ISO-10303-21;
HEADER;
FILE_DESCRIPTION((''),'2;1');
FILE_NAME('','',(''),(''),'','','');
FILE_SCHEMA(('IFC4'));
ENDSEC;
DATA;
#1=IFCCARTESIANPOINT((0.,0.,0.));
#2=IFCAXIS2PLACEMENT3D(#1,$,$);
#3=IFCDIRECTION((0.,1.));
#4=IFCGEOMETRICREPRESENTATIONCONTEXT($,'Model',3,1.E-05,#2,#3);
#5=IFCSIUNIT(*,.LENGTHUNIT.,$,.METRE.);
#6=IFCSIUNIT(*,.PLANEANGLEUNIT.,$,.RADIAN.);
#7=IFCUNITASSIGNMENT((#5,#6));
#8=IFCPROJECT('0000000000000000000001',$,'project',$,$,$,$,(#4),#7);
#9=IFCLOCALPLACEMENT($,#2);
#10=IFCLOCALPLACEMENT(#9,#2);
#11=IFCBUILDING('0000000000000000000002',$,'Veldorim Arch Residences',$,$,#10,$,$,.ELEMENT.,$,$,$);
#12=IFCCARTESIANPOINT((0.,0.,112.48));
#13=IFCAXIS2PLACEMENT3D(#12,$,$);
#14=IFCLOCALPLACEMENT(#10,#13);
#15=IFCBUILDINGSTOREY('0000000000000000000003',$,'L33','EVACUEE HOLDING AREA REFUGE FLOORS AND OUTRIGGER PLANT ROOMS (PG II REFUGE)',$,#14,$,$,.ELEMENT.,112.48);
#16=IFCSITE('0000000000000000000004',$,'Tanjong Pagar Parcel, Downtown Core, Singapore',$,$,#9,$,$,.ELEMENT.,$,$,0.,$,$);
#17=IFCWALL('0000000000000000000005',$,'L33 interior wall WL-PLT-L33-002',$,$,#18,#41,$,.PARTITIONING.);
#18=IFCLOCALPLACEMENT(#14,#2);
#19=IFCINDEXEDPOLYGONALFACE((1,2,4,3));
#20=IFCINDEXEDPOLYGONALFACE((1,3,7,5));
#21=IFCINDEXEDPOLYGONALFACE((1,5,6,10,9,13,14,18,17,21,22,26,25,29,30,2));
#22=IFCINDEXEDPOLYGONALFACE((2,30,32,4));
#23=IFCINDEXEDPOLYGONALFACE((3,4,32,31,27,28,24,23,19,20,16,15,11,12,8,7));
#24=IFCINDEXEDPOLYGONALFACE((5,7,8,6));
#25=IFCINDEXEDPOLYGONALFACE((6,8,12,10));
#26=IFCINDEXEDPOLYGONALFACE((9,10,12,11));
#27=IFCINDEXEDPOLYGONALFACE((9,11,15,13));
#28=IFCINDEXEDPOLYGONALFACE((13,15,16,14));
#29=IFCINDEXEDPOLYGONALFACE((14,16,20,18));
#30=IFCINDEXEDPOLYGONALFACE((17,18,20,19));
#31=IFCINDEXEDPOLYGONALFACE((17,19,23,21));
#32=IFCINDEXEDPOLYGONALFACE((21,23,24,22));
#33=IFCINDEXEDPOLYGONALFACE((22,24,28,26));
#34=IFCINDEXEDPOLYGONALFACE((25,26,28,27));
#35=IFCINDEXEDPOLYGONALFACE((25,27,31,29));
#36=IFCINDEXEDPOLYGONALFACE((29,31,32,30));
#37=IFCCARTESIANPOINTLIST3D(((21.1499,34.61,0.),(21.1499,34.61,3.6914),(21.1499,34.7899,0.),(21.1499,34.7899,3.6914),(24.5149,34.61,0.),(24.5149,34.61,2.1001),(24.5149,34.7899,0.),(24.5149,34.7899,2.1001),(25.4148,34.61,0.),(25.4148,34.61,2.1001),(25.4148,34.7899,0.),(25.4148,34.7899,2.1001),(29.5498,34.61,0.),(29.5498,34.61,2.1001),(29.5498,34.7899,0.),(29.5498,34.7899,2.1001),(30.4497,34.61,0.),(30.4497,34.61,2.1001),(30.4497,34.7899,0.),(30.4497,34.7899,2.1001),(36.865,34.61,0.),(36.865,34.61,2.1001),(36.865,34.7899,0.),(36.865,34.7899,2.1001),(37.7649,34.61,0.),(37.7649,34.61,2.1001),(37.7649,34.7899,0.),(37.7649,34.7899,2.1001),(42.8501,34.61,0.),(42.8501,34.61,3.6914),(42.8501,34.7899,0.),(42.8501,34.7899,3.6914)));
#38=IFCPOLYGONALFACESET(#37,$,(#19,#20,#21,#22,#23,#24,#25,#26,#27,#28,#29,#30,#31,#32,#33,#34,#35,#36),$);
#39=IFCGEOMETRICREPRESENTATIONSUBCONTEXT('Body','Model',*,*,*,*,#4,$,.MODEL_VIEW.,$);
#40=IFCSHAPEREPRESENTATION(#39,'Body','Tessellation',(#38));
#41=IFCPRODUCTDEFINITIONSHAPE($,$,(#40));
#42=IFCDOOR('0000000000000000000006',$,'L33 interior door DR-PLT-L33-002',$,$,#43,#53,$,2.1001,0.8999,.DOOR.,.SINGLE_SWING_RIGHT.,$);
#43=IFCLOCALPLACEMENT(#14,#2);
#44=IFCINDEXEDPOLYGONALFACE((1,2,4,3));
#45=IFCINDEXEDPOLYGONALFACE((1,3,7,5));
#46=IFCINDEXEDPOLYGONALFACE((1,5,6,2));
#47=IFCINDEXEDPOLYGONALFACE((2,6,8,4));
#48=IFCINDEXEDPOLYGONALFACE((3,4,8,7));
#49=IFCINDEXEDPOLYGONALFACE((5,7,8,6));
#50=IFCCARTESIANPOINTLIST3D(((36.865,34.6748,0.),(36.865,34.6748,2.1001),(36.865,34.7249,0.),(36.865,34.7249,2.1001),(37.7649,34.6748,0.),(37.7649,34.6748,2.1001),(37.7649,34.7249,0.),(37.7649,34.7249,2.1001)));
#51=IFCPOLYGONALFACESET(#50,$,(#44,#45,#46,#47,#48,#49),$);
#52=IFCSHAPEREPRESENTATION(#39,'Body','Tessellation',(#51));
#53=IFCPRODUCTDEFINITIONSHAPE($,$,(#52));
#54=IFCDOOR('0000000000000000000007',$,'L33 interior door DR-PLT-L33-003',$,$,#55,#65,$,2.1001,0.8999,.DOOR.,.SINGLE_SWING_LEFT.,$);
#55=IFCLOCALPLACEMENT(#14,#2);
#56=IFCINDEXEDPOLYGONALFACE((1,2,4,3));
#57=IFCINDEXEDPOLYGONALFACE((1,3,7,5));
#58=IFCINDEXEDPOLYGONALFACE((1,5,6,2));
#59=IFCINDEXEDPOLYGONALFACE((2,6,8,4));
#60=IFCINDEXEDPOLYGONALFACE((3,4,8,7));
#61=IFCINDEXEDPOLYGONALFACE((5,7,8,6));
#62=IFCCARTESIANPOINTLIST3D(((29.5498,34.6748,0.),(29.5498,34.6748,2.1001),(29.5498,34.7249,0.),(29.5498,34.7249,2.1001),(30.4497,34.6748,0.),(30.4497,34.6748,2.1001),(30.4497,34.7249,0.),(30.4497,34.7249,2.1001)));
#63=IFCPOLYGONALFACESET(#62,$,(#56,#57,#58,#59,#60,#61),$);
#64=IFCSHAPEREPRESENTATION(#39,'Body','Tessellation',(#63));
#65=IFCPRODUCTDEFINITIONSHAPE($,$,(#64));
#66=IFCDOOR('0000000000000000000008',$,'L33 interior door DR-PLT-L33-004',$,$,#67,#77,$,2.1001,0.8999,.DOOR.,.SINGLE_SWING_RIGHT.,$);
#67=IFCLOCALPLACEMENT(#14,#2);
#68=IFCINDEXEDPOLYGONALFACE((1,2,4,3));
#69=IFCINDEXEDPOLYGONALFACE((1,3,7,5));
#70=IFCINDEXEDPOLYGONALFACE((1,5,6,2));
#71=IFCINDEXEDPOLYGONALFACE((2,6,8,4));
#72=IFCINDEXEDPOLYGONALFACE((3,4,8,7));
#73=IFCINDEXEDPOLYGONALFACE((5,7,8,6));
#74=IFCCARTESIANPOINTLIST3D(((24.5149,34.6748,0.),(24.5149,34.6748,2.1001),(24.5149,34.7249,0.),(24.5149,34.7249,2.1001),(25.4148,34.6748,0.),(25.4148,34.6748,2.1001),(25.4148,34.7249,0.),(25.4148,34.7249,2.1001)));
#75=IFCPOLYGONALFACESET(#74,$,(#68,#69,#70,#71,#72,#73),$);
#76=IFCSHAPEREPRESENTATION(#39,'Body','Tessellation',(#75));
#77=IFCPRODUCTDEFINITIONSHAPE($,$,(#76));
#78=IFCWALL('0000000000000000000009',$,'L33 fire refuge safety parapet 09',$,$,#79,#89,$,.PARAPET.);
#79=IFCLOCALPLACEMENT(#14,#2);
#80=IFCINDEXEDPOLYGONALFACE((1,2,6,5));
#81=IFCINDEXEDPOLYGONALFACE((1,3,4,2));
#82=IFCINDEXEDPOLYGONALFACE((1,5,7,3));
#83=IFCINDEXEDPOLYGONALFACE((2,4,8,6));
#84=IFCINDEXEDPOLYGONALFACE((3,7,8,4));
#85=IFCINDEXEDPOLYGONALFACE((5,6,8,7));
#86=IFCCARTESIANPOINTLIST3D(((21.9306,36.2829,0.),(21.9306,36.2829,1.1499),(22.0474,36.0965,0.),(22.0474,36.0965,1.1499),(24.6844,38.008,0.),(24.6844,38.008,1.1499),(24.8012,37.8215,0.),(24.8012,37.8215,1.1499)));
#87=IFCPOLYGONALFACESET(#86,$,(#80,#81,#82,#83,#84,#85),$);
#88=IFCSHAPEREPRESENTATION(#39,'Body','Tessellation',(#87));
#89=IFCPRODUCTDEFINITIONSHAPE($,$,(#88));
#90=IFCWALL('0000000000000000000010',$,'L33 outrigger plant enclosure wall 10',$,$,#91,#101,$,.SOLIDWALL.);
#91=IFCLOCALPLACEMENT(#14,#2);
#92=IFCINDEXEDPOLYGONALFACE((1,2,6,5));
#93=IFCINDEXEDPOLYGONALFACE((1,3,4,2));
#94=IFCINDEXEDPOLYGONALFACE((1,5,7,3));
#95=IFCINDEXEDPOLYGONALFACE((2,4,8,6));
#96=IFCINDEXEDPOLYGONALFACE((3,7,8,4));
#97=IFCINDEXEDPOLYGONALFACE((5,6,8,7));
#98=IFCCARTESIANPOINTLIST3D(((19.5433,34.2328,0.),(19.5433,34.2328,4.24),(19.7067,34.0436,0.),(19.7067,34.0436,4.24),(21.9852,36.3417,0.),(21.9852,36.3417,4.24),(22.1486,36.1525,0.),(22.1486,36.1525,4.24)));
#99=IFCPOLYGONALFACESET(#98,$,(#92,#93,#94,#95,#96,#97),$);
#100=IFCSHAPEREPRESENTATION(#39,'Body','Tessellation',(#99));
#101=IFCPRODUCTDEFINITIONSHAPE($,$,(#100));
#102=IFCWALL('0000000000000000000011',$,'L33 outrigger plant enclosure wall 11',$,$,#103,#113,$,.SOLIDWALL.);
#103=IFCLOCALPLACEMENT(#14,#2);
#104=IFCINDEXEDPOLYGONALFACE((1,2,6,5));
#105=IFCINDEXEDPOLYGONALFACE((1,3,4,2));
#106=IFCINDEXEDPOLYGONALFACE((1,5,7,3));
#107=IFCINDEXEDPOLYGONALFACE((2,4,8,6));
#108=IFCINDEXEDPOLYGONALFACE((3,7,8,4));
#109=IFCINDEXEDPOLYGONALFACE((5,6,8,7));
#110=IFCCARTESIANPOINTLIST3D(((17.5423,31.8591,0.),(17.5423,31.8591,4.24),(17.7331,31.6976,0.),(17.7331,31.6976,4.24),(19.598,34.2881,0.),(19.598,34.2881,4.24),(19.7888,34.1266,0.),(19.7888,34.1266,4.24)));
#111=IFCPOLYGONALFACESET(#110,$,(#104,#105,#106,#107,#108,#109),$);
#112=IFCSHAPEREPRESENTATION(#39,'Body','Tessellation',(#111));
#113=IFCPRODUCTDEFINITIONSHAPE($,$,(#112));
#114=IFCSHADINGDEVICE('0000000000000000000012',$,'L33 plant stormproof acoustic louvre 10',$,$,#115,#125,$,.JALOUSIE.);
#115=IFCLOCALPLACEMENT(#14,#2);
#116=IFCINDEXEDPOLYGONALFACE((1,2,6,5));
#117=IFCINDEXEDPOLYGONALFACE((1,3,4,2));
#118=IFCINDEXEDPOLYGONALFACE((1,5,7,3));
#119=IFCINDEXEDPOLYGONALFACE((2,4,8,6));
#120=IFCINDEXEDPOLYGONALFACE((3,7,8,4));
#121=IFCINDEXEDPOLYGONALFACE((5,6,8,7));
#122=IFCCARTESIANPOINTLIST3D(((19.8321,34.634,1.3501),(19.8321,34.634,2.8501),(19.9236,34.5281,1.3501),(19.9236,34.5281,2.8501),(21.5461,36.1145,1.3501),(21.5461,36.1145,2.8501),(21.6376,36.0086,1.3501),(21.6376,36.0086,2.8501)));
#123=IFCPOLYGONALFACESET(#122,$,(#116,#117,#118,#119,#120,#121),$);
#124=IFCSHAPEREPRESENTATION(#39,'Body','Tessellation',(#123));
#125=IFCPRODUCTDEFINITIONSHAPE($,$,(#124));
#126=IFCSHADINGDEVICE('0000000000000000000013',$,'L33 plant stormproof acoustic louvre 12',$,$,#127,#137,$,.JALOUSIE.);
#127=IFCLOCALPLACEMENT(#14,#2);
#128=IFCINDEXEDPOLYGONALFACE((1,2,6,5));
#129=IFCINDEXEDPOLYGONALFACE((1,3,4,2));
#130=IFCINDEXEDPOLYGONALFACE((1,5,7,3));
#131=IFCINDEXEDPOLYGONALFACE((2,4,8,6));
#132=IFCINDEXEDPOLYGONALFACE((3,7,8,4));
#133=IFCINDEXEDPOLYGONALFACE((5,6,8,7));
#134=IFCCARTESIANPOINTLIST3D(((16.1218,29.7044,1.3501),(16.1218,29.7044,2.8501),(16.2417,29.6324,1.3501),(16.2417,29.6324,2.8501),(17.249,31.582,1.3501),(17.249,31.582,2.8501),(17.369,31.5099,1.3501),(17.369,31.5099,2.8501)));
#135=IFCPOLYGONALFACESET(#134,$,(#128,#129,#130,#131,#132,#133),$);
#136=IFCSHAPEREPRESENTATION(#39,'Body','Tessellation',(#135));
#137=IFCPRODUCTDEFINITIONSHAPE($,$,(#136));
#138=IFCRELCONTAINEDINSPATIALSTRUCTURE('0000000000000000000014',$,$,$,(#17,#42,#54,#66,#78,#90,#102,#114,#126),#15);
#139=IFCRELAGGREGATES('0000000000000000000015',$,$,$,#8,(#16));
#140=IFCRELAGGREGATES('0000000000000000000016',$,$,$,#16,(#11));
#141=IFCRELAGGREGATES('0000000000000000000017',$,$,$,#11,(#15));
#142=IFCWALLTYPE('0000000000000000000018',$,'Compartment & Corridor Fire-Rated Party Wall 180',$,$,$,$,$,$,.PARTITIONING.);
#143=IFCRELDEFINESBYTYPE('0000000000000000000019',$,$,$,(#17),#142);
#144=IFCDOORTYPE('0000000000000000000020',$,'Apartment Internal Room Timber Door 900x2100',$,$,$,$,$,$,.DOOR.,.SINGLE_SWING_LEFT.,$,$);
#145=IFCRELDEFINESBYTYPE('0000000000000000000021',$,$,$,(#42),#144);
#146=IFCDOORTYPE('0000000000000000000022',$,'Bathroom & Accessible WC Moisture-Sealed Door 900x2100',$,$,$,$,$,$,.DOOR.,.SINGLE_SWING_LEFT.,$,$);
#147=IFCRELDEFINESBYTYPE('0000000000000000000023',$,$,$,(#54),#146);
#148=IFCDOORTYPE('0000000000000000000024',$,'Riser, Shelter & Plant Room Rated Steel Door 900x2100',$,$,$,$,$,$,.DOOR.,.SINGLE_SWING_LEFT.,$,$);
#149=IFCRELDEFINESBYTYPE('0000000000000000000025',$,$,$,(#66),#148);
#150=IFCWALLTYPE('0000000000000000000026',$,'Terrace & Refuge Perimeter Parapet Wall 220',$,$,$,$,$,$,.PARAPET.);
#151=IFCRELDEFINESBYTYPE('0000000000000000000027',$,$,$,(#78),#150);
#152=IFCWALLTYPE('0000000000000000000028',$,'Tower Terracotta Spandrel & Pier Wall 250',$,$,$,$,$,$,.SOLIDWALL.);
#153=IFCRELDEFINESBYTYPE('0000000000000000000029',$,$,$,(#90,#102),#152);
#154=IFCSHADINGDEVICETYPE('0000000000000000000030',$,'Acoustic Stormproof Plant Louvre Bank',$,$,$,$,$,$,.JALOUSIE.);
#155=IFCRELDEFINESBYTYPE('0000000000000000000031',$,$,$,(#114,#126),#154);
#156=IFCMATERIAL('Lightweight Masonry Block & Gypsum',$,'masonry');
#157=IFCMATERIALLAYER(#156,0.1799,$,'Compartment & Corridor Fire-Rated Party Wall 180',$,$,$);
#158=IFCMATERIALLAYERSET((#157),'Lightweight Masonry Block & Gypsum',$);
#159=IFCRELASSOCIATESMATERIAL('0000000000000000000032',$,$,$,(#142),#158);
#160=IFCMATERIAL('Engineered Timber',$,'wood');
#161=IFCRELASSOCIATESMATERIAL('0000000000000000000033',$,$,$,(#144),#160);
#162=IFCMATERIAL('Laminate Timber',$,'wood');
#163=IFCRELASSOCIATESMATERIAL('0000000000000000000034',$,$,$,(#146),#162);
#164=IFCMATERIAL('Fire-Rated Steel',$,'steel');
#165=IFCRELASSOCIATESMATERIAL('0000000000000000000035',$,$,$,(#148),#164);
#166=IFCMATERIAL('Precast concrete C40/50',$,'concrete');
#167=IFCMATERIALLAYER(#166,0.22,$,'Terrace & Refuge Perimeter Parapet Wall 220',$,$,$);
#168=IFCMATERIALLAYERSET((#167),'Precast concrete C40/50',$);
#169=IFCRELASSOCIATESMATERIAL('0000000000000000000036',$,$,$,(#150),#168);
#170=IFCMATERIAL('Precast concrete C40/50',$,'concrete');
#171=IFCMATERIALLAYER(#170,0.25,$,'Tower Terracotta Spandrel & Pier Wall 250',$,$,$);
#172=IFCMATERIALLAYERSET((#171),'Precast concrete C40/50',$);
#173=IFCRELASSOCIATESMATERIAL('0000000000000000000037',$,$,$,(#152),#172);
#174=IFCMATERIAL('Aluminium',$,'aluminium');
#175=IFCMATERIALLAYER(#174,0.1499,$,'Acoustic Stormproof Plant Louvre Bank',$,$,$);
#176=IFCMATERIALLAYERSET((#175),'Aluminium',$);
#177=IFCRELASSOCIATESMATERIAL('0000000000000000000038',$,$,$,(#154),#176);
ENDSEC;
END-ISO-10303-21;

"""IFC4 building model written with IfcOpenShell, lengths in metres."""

from ifc_helpers import new_model, si_unit, direction, frame, frame_2d, origin, origin_2d, place, context, subcontext, project, spatial, rectangle, extrude, material, layer, layer_set, type_object, element, fill, save


model = new_model("IFC4")

# Units and contexts
model_context = context("Model", 3, precision=1e-05, world=origin(), true_north=direction((0.0, 1.0)))
body_context = subcontext(model_context, "Body", "Model", "MODEL_VIEW")
ifc_project = project(units=[si_unit("LENGTHUNIT", "METRE"), si_unit("PLANEANGLEUNIT", "RADIAN")], contexts=[model_context])

# Site, building, storey
site_placement = place(None, origin())
site = spatial("IfcSite", under=ifc_project, at=site_placement, Name="Tanjong Pagar Parcel, Downtown Core, Singapore", CompositionType="ELEMENT", RefElevation=0.0)
building_placement = place(site_placement, origin())
building = spatial("IfcBuilding", under=site, at=building_placement, Name="Veldorim Arch Residences", CompositionType="ELEMENT")
storey_placement = place(building_placement, frame((0.0, 0.0, 112.48)))
storey = spatial("IfcBuildingStorey", under=building, at=storey_placement, Name="L33", Description="EVACUEE HOLDING AREA REFUGE FLOORS AND OUTRIGGER PLANT ROOMS (PG II REFUGE)", CompositionType="ELEMENT", Elevation=112.48)

# Wall, openings, doors
ifc_material_1 = material(Name="Lightweight Masonry Block & Gypsum", Category="masonry")
ifc_layer_1 = layer(ifc_material_1, 0.1799, Name="Compartment & Corridor Fire-Rated Party Wall 180")
ifc_layer_set_1 = layer_set([ifc_layer_1], Name="Lightweight Masonry Block & Gypsum")
wall_type_1 = type_object("IfcWallType", Name="Compartment & Corridor Fire-Rated Party Wall 180", PredefinedType="PARTITIONING", material=ifc_layer_set_1)
wall_1_placement = place(storey_placement, frame((21.1499, 34.7, 0.0), z_axis=(0.0, 0.0, 1.0), x_axis=(1.0, 0.0, 0.0)))
wall_1 = element("IfcWall", 1, at=wall_1_placement, inside=storey, type_object=wall_type_1, Name="L33 interior wall WL-PLT-L33-002", PredefinedType="PARTITIONING", context=body_context, shape_type="SweptSolid", body=[
    extrude(rectangle(XDim=21.7002, YDim=0.1799, at=frame_2d((10.8501, 0.0))), origin(), (0.0, 0.0, 1.0), 3.6914),
])
opening_1_placement = place(wall_1_placement, frame((15.7151, 0.0, 0.0)))
opening_1 = element("IfcOpeningElement", 2, at=opening_1_placement, cuts=wall_1, PredefinedType="OPENING", context=body_context, shape_type="SweptSolid", body=[
    extrude(rectangle(XDim=0.8999, YDim=2.1001, at=frame_2d((0.45, 1.05))), frame((0.0, 0.0999, 0.0), z_axis=(0.0, -1.0, 0.0), x_axis=(1.0, 0.0, 0.0)), (0.0, 0.0, 1.0), 0.2),
])
opening_2_placement = place(wall_1_placement, frame((8.3999, 0.0, 0.0)))
opening_2 = element("IfcOpeningElement", 3, at=opening_2_placement, cuts=wall_1, PredefinedType="OPENING", context=body_context, shape_type="SweptSolid", body=[
    extrude(rectangle(XDim=0.8999, YDim=2.1001, at=frame_2d((0.45, 1.05))), frame((0.0, 0.0999, 0.0), z_axis=(0.0, -1.0, 0.0), x_axis=(1.0, 0.0, 0.0)), (0.0, 0.0, 1.0), 0.2),
])
opening_3_placement = place(wall_1_placement, frame((3.365, 0.0, 0.0)))
opening_3 = element("IfcOpeningElement", 4, at=opening_3_placement, cuts=wall_1, PredefinedType="OPENING", context=body_context, shape_type="SweptSolid", body=[
    extrude(rectangle(XDim=0.8999, YDim=2.1001, at=frame_2d((0.45, 1.05))), frame((0.0, 0.0999, 0.0), z_axis=(0.0, -1.0, 0.0), x_axis=(1.0, 0.0, 0.0)), (0.0, 0.0, 1.0), 0.2),
])
ifc_material_2 = material(Name="Engineered Timber", Category="wood")
door_type_1 = type_object("IfcDoorType", Name="Apartment Internal Room Timber Door 900x2100", OperationType="SINGLE_SWING_LEFT", PredefinedType="DOOR", material=ifc_material_2)
door_1_placement = place(opening_1_placement, origin())
door_1 = element("IfcDoor", 5, at=door_1_placement, inside=storey, type_object=door_type_1, Name="L33 interior door DR-PLT-L33-002", OperationType="SINGLE_SWING_RIGHT", OverallHeight=2.1001, OverallWidth=0.8999, PredefinedType="DOOR", context=body_context, shape_type="SweptSolid", body=[
    extrude(rectangle(XDim=0.8999, YDim=2.1001, at=frame_2d((0.45, 1.05))), frame((0.0, 0.0249, 0.0), z_axis=(0.0, -1.0, 0.0), x_axis=(1.0, 0.0, 0.0)), (0.0, 0.0, 1.0), 0.05),
])
fill(opening_1, door_1)
ifc_material_3 = material(Name="Laminate Timber", Category="wood")
door_type_2 = type_object("IfcDoorType", Name="Bathroom & Accessible WC Moisture-Sealed Door 900x2100", OperationType="SINGLE_SWING_LEFT", PredefinedType="DOOR", material=ifc_material_3)
door_2_placement = place(opening_2_placement, origin())
door_2 = element("IfcDoor", 6, at=door_2_placement, inside=storey, type_object=door_type_2, Name="L33 interior door DR-PLT-L33-003", OperationType="SINGLE_SWING_LEFT", OverallHeight=2.1001, OverallWidth=0.8999, PredefinedType="DOOR", context=body_context, shape_type="SweptSolid", body=[
    extrude(rectangle(XDim=0.8999, YDim=2.1001, at=frame_2d((0.45, 1.05))), frame((0.0, 0.0249, 0.0), z_axis=(0.0, -1.0, 0.0), x_axis=(1.0, 0.0, 0.0)), (0.0, 0.0, 1.0), 0.05),
])
fill(opening_2, door_2)
ifc_material_4 = material(Name="Fire-Rated Steel", Category="steel")
door_type_3 = type_object("IfcDoorType", Name="Riser, Shelter & Plant Room Rated Steel Door 900x2100", OperationType="SINGLE_SWING_LEFT", PredefinedType="DOOR", material=ifc_material_4)
door_3_placement = place(opening_3_placement, origin())
door_3 = element("IfcDoor", 7, at=door_3_placement, inside=storey, type_object=door_type_3, Name="L33 interior door DR-PLT-L33-004", OperationType="SINGLE_SWING_RIGHT", OverallHeight=2.1001, OverallWidth=0.8999, PredefinedType="DOOR", context=body_context, shape_type="SweptSolid", body=[
    extrude(rectangle(XDim=0.8999, YDim=2.1001, at=frame_2d((0.45, 1.05))), frame((0.0, 0.0249, 0.0), z_axis=(0.0, -1.0, 0.0), x_axis=(1.0, 0.0, 0.0)), (0.0, 0.0, 1.0), 0.05),
])
fill(opening_3, door_3)

# Walls
ifc_material_5 = material(Name="Precast concrete C40/50", Category="concrete")
ifc_layer_2 = layer(ifc_material_5, 0.22, Name="Terrace & Refuge Perimeter Parapet Wall 220")
ifc_layer_set_2 = layer_set([ifc_layer_2], Name="Precast concrete C40/50")
wall_type_2 = type_object("IfcWallType", Name="Terrace & Refuge Perimeter Parapet Wall 220", PredefinedType="PARAPET", material=ifc_layer_set_2)
wall_2_placement = place(storey_placement, frame((21.989, 36.1897, 0.0), z_axis=(0.0, 0.0, 1.0), x_axis=(0.847458, 0.530863, 0.0)))
element("IfcWall", 8, at=wall_2_placement, inside=storey, type_object=wall_type_2, Name="L33 fire refuge safety parapet 09", PredefinedType="PARAPET", context=body_context, shape_type="SweptSolid", body=[
    extrude(rectangle(XDim=3.2495, YDim=0.22, at=frame_2d((1.6248, 0.0))), origin(), (0.0, 0.0, 1.0), 1.1499),
])
ifc_material_6 = material(Name="Precast concrete C40/50", Category="concrete")
ifc_layer_3 = layer(ifc_material_6, 0.25, Name="Tower Terracotta Spandrel & Pier Wall 250")
ifc_layer_set_3 = layer_set([ifc_layer_3], Name="Precast concrete C40/50")
wall_type_3 = type_object("IfcWallType", Name="Tower Terracotta Spandrel & Pier Wall 250", PredefinedType="SOLIDWALL", material=ifc_layer_set_3)
wall_3_placement = place(storey_placement, frame((19.625, 34.1382, 0.0), z_axis=(0.0, 0.0, 1.0), x_axis=(0.756826, 0.653616, 0.0)))
element("IfcWall", 9, at=wall_3_placement, inside=storey, type_object=wall_type_3, Name="L33 outrigger plant enclosure wall 10", PredefinedType="SOLIDWALL", context=body_context, shape_type="SweptSolid", body=[
    extrude(rectangle(XDim=3.2266, YDim=0.25, at=frame_2d((1.6133, 0.0))), origin(), (0.0, 0.0, 1.0), 4.24),
])
wall_4_placement = place(storey_placement, frame((17.6377, 31.7783, 0.0), z_axis=(0.0, 0.0, 1.0), x_axis=(0.646014, 0.763325, 0.0)))
element("IfcWall", 10, at=wall_4_placement, inside=storey, type_object=wall_type_3, Name="L33 outrigger plant enclosure wall 11", PredefinedType="SOLIDWALL", context=body_context, shape_type="SweptSolid", body=[
    extrude(rectangle(XDim=3.1821, YDim=0.25, at=frame_2d((1.5911, 0.0))), origin(), (0.0, 0.0, 1.0), 4.24),
])

# Shading devices
ifc_material_7 = material(Name="Aluminium", Category="aluminium")
ifc_layer_4 = layer(ifc_material_7, 0.1499, Name="Acoustic Stormproof Plant Louvre Bank")
ifc_layer_set_4 = layer_set([ifc_layer_4], Name="Aluminium")
shading_device_type = type_object("IfcShadingDeviceType", Name="Acoustic Stormproof Plant Louvre Bank", PredefinedType="JALOUSIE", material=ifc_layer_set_4)
shading_device_1_placement = place(storey_placement, frame((20.7349, 35.3213, 1.3501), z_axis=(0.0, 0.0, 1.0), x_axis=(0.756767, 0.653685, 0.0)))
element("IfcShadingDevice", 11, at=shading_device_1_placement, inside=storey, type_object=shading_device_type, Name="L33 plant stormproof acoustic louvre 10", PredefinedType="JALOUSIE", context=body_context, shape_type="SweptSolid", body=[
    extrude(rectangle(XDim=2.2649, YDim=0.1399, at=origin_2d()), origin(), (0.0, 0.0, 1.0), 1.5),
])
shading_device_2_placement = place(storey_placement, frame((16.7454, 30.6072, 1.3501), z_axis=(0.0, 0.0, 1.0), x_axis=(0.514739, 0.857347, 0.0)))
element("IfcShadingDevice", 12, at=shading_device_2_placement, inside=storey, type_object=shading_device_type, Name="L33 plant stormproof acoustic louvre 12", PredefinedType="JALOUSIE", context=body_context, shape_type="SweptSolid", body=[
    extrude(rectangle(XDim=2.1899, YDim=0.1399, at=origin_2d()), origin(), (0.0, 0.0, 1.0), 1.5),
])

save(model, "model.ifc")
